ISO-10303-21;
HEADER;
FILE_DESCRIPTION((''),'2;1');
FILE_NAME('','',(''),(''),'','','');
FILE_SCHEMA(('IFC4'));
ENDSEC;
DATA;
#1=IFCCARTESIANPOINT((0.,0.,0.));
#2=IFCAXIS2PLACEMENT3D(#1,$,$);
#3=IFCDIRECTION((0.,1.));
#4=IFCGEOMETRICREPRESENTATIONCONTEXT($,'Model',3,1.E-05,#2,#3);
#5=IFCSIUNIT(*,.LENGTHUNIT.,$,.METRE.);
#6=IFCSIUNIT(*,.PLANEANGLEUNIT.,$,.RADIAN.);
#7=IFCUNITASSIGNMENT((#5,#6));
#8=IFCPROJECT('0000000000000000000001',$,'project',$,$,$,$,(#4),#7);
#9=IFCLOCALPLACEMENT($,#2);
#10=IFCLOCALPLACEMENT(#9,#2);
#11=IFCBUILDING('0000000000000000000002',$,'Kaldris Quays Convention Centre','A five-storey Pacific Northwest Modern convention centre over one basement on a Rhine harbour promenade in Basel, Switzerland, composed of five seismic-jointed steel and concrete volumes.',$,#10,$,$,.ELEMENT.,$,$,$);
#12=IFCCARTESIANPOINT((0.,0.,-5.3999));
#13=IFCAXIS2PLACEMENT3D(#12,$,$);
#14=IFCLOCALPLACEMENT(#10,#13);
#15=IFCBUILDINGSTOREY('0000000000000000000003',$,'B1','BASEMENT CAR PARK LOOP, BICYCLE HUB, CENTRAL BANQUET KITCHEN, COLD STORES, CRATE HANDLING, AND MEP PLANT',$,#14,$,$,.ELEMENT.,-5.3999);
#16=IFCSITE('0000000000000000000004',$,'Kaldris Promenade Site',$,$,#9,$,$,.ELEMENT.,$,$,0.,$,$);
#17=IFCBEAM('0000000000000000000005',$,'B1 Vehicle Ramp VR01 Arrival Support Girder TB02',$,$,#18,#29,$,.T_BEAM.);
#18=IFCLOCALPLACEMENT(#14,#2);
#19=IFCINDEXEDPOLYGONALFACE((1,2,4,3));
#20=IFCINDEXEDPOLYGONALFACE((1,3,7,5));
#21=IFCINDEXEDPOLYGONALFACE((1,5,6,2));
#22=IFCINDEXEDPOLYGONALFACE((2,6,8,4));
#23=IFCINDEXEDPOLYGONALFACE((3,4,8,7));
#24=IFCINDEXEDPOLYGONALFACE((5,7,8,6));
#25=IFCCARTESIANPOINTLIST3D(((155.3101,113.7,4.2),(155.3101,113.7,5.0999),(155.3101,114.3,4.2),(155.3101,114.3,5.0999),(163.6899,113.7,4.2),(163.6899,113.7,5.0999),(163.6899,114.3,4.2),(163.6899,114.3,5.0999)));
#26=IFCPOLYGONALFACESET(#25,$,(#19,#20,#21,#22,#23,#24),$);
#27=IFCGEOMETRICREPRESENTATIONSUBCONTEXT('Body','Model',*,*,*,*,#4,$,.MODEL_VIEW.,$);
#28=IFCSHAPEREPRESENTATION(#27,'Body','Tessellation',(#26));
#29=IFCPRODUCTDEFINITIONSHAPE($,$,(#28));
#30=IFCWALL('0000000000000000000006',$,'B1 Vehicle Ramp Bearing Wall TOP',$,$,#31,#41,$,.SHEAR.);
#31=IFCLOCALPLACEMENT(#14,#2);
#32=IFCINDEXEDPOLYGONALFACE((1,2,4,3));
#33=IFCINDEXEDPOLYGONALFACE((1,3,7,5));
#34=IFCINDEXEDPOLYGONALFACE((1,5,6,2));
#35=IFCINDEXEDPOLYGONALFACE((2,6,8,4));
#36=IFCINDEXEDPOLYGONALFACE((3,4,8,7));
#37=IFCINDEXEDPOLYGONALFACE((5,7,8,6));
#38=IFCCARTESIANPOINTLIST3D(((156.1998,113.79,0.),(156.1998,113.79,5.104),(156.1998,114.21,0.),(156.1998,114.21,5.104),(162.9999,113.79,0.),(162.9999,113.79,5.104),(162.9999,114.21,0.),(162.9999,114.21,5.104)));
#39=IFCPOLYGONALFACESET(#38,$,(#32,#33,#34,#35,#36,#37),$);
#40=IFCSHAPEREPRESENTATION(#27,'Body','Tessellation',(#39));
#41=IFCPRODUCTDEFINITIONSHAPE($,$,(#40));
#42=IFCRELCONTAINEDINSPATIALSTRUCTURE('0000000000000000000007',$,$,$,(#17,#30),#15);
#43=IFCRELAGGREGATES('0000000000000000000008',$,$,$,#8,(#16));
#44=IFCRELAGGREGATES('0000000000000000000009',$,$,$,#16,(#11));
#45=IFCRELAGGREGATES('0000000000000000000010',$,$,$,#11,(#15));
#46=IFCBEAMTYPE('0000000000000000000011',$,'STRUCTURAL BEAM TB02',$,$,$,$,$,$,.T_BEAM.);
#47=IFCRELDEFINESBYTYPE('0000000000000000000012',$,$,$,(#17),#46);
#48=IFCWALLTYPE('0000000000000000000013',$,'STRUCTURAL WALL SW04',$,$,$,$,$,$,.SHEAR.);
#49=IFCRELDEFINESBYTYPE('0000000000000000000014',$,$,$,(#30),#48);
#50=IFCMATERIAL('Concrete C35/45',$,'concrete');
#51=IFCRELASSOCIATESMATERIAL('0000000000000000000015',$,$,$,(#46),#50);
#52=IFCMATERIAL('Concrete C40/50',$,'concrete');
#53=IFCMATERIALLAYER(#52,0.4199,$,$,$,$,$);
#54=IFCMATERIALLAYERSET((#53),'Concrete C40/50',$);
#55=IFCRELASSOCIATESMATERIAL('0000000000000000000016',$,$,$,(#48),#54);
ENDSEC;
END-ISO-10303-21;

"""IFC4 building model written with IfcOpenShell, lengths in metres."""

from ifc_helpers import new_model, si_unit, direction, frame, frame_2d, origin, origin_2d, place, context, subcontext, project, spatial, rectangle, extrude, material, layer, layer_set, material_profile, profile_set, type_object, element, save


model = new_model("IFC4")

# Units and contexts
model_context = context("Model", 3, precision=1e-05, world=origin(), true_north=direction((0.0, 1.0)))
body_context = subcontext(model_context, "Body", "Model", "MODEL_VIEW")
ifc_project = project(units=[si_unit("LENGTHUNIT", "METRE"), si_unit("PLANEANGLEUNIT", "RADIAN")], contexts=[model_context])

# Site, building, storey
site_placement = place(None, origin())
site = spatial("IfcSite", under=ifc_project, at=site_placement, Name="Kaldris Promenade Site", CompositionType="ELEMENT", RefElevation=0.0)
building_placement = place(site_placement, origin())
building = spatial("IfcBuilding", under=site, at=building_placement, Name="Kaldris Quays Convention Centre", Description="A five-storey Pacific Northwest Modern convention centre over one basement on a Rhine harbour promenade in Basel, Switzerland, composed of five seismic-jointed steel and concrete volumes.", CompositionType="ELEMENT")
storey_placement = place(building_placement, frame((0.0, 0.0, -5.3999)))
storey = spatial("IfcBuildingStorey", under=building, at=storey_placement, Name="B1", Description="BASEMENT CAR PARK LOOP, BICYCLE HUB, CENTRAL BANQUET KITCHEN, COLD STORES, CRATE HANDLING, AND MEP PLANT", CompositionType="ELEMENT", Elevation=-5.3999)

# Shared definitions
ifc_material_1 = material(Name="Concrete C35/45", Category="concrete")

# Beam
ifc_material_profile_1 = material_profile(ifc_material_1, rectangle(XDim=0.6001, YDim=0.8999, at=origin_2d()), Name="RC 600x900")
ifc_profile_set_1 = profile_set([ifc_material_profile_1], Name="Concrete C35/45")
beam_type_1 = type_object("IfcBeamType", Name="STRUCTURAL BEAM TB02", PredefinedType="T_BEAM", material=ifc_profile_set_1)
beam_1_placement = place(storey_placement, frame((155.3101, 114.0, 4.6499), z_axis=(1.0, 0.0, 0.0), x_axis=(0.0, 1.0, 0.0)))
element("IfcBeam", 1, at=beam_1_placement, inside=storey, type_object=beam_type_1, Name="B1 Vehicle Ramp VR01 Arrival Support Girder TB02", PredefinedType="T_BEAM", context=body_context, shape_type="SweptSolid", body=[
    extrude(rectangle(XDim=0.6001, YDim=0.8999, at=origin_2d()), origin(), (0.0, 0.0, 1.0), 8.3799),
])

# Wall
ifc_material_2 = material(Name="Concrete C40/50", Category="concrete")
ifc_layer = layer(ifc_material_2, 0.4199)
ifc_layer_set = layer_set([ifc_layer], Name="Concrete C40/50")
wall_type = type_object("IfcWallType", Name="STRUCTURAL WALL SW04", PredefinedType="SHEAR", material=ifc_layer_set)
wall_placement = place(storey_placement, frame((156.2, 114.0, 0.0), z_axis=(0.0, 0.0, 1.0), x_axis=(1.0, 0.0, 0.0)))
element("IfcWall", 2, at=wall_placement, inside=storey, type_object=wall_type, Name="B1 Vehicle Ramp Bearing Wall TOP", PredefinedType="SHEAR", context=body_context, shape_type="SweptSolid", body=[
    extrude(rectangle(XDim=6.8, YDim=0.4199, at=frame_2d((3.3999, 0.0))), origin(), (0.0, 0.0, 1.0), 5.104),
])

save(model, "model.ifc")
